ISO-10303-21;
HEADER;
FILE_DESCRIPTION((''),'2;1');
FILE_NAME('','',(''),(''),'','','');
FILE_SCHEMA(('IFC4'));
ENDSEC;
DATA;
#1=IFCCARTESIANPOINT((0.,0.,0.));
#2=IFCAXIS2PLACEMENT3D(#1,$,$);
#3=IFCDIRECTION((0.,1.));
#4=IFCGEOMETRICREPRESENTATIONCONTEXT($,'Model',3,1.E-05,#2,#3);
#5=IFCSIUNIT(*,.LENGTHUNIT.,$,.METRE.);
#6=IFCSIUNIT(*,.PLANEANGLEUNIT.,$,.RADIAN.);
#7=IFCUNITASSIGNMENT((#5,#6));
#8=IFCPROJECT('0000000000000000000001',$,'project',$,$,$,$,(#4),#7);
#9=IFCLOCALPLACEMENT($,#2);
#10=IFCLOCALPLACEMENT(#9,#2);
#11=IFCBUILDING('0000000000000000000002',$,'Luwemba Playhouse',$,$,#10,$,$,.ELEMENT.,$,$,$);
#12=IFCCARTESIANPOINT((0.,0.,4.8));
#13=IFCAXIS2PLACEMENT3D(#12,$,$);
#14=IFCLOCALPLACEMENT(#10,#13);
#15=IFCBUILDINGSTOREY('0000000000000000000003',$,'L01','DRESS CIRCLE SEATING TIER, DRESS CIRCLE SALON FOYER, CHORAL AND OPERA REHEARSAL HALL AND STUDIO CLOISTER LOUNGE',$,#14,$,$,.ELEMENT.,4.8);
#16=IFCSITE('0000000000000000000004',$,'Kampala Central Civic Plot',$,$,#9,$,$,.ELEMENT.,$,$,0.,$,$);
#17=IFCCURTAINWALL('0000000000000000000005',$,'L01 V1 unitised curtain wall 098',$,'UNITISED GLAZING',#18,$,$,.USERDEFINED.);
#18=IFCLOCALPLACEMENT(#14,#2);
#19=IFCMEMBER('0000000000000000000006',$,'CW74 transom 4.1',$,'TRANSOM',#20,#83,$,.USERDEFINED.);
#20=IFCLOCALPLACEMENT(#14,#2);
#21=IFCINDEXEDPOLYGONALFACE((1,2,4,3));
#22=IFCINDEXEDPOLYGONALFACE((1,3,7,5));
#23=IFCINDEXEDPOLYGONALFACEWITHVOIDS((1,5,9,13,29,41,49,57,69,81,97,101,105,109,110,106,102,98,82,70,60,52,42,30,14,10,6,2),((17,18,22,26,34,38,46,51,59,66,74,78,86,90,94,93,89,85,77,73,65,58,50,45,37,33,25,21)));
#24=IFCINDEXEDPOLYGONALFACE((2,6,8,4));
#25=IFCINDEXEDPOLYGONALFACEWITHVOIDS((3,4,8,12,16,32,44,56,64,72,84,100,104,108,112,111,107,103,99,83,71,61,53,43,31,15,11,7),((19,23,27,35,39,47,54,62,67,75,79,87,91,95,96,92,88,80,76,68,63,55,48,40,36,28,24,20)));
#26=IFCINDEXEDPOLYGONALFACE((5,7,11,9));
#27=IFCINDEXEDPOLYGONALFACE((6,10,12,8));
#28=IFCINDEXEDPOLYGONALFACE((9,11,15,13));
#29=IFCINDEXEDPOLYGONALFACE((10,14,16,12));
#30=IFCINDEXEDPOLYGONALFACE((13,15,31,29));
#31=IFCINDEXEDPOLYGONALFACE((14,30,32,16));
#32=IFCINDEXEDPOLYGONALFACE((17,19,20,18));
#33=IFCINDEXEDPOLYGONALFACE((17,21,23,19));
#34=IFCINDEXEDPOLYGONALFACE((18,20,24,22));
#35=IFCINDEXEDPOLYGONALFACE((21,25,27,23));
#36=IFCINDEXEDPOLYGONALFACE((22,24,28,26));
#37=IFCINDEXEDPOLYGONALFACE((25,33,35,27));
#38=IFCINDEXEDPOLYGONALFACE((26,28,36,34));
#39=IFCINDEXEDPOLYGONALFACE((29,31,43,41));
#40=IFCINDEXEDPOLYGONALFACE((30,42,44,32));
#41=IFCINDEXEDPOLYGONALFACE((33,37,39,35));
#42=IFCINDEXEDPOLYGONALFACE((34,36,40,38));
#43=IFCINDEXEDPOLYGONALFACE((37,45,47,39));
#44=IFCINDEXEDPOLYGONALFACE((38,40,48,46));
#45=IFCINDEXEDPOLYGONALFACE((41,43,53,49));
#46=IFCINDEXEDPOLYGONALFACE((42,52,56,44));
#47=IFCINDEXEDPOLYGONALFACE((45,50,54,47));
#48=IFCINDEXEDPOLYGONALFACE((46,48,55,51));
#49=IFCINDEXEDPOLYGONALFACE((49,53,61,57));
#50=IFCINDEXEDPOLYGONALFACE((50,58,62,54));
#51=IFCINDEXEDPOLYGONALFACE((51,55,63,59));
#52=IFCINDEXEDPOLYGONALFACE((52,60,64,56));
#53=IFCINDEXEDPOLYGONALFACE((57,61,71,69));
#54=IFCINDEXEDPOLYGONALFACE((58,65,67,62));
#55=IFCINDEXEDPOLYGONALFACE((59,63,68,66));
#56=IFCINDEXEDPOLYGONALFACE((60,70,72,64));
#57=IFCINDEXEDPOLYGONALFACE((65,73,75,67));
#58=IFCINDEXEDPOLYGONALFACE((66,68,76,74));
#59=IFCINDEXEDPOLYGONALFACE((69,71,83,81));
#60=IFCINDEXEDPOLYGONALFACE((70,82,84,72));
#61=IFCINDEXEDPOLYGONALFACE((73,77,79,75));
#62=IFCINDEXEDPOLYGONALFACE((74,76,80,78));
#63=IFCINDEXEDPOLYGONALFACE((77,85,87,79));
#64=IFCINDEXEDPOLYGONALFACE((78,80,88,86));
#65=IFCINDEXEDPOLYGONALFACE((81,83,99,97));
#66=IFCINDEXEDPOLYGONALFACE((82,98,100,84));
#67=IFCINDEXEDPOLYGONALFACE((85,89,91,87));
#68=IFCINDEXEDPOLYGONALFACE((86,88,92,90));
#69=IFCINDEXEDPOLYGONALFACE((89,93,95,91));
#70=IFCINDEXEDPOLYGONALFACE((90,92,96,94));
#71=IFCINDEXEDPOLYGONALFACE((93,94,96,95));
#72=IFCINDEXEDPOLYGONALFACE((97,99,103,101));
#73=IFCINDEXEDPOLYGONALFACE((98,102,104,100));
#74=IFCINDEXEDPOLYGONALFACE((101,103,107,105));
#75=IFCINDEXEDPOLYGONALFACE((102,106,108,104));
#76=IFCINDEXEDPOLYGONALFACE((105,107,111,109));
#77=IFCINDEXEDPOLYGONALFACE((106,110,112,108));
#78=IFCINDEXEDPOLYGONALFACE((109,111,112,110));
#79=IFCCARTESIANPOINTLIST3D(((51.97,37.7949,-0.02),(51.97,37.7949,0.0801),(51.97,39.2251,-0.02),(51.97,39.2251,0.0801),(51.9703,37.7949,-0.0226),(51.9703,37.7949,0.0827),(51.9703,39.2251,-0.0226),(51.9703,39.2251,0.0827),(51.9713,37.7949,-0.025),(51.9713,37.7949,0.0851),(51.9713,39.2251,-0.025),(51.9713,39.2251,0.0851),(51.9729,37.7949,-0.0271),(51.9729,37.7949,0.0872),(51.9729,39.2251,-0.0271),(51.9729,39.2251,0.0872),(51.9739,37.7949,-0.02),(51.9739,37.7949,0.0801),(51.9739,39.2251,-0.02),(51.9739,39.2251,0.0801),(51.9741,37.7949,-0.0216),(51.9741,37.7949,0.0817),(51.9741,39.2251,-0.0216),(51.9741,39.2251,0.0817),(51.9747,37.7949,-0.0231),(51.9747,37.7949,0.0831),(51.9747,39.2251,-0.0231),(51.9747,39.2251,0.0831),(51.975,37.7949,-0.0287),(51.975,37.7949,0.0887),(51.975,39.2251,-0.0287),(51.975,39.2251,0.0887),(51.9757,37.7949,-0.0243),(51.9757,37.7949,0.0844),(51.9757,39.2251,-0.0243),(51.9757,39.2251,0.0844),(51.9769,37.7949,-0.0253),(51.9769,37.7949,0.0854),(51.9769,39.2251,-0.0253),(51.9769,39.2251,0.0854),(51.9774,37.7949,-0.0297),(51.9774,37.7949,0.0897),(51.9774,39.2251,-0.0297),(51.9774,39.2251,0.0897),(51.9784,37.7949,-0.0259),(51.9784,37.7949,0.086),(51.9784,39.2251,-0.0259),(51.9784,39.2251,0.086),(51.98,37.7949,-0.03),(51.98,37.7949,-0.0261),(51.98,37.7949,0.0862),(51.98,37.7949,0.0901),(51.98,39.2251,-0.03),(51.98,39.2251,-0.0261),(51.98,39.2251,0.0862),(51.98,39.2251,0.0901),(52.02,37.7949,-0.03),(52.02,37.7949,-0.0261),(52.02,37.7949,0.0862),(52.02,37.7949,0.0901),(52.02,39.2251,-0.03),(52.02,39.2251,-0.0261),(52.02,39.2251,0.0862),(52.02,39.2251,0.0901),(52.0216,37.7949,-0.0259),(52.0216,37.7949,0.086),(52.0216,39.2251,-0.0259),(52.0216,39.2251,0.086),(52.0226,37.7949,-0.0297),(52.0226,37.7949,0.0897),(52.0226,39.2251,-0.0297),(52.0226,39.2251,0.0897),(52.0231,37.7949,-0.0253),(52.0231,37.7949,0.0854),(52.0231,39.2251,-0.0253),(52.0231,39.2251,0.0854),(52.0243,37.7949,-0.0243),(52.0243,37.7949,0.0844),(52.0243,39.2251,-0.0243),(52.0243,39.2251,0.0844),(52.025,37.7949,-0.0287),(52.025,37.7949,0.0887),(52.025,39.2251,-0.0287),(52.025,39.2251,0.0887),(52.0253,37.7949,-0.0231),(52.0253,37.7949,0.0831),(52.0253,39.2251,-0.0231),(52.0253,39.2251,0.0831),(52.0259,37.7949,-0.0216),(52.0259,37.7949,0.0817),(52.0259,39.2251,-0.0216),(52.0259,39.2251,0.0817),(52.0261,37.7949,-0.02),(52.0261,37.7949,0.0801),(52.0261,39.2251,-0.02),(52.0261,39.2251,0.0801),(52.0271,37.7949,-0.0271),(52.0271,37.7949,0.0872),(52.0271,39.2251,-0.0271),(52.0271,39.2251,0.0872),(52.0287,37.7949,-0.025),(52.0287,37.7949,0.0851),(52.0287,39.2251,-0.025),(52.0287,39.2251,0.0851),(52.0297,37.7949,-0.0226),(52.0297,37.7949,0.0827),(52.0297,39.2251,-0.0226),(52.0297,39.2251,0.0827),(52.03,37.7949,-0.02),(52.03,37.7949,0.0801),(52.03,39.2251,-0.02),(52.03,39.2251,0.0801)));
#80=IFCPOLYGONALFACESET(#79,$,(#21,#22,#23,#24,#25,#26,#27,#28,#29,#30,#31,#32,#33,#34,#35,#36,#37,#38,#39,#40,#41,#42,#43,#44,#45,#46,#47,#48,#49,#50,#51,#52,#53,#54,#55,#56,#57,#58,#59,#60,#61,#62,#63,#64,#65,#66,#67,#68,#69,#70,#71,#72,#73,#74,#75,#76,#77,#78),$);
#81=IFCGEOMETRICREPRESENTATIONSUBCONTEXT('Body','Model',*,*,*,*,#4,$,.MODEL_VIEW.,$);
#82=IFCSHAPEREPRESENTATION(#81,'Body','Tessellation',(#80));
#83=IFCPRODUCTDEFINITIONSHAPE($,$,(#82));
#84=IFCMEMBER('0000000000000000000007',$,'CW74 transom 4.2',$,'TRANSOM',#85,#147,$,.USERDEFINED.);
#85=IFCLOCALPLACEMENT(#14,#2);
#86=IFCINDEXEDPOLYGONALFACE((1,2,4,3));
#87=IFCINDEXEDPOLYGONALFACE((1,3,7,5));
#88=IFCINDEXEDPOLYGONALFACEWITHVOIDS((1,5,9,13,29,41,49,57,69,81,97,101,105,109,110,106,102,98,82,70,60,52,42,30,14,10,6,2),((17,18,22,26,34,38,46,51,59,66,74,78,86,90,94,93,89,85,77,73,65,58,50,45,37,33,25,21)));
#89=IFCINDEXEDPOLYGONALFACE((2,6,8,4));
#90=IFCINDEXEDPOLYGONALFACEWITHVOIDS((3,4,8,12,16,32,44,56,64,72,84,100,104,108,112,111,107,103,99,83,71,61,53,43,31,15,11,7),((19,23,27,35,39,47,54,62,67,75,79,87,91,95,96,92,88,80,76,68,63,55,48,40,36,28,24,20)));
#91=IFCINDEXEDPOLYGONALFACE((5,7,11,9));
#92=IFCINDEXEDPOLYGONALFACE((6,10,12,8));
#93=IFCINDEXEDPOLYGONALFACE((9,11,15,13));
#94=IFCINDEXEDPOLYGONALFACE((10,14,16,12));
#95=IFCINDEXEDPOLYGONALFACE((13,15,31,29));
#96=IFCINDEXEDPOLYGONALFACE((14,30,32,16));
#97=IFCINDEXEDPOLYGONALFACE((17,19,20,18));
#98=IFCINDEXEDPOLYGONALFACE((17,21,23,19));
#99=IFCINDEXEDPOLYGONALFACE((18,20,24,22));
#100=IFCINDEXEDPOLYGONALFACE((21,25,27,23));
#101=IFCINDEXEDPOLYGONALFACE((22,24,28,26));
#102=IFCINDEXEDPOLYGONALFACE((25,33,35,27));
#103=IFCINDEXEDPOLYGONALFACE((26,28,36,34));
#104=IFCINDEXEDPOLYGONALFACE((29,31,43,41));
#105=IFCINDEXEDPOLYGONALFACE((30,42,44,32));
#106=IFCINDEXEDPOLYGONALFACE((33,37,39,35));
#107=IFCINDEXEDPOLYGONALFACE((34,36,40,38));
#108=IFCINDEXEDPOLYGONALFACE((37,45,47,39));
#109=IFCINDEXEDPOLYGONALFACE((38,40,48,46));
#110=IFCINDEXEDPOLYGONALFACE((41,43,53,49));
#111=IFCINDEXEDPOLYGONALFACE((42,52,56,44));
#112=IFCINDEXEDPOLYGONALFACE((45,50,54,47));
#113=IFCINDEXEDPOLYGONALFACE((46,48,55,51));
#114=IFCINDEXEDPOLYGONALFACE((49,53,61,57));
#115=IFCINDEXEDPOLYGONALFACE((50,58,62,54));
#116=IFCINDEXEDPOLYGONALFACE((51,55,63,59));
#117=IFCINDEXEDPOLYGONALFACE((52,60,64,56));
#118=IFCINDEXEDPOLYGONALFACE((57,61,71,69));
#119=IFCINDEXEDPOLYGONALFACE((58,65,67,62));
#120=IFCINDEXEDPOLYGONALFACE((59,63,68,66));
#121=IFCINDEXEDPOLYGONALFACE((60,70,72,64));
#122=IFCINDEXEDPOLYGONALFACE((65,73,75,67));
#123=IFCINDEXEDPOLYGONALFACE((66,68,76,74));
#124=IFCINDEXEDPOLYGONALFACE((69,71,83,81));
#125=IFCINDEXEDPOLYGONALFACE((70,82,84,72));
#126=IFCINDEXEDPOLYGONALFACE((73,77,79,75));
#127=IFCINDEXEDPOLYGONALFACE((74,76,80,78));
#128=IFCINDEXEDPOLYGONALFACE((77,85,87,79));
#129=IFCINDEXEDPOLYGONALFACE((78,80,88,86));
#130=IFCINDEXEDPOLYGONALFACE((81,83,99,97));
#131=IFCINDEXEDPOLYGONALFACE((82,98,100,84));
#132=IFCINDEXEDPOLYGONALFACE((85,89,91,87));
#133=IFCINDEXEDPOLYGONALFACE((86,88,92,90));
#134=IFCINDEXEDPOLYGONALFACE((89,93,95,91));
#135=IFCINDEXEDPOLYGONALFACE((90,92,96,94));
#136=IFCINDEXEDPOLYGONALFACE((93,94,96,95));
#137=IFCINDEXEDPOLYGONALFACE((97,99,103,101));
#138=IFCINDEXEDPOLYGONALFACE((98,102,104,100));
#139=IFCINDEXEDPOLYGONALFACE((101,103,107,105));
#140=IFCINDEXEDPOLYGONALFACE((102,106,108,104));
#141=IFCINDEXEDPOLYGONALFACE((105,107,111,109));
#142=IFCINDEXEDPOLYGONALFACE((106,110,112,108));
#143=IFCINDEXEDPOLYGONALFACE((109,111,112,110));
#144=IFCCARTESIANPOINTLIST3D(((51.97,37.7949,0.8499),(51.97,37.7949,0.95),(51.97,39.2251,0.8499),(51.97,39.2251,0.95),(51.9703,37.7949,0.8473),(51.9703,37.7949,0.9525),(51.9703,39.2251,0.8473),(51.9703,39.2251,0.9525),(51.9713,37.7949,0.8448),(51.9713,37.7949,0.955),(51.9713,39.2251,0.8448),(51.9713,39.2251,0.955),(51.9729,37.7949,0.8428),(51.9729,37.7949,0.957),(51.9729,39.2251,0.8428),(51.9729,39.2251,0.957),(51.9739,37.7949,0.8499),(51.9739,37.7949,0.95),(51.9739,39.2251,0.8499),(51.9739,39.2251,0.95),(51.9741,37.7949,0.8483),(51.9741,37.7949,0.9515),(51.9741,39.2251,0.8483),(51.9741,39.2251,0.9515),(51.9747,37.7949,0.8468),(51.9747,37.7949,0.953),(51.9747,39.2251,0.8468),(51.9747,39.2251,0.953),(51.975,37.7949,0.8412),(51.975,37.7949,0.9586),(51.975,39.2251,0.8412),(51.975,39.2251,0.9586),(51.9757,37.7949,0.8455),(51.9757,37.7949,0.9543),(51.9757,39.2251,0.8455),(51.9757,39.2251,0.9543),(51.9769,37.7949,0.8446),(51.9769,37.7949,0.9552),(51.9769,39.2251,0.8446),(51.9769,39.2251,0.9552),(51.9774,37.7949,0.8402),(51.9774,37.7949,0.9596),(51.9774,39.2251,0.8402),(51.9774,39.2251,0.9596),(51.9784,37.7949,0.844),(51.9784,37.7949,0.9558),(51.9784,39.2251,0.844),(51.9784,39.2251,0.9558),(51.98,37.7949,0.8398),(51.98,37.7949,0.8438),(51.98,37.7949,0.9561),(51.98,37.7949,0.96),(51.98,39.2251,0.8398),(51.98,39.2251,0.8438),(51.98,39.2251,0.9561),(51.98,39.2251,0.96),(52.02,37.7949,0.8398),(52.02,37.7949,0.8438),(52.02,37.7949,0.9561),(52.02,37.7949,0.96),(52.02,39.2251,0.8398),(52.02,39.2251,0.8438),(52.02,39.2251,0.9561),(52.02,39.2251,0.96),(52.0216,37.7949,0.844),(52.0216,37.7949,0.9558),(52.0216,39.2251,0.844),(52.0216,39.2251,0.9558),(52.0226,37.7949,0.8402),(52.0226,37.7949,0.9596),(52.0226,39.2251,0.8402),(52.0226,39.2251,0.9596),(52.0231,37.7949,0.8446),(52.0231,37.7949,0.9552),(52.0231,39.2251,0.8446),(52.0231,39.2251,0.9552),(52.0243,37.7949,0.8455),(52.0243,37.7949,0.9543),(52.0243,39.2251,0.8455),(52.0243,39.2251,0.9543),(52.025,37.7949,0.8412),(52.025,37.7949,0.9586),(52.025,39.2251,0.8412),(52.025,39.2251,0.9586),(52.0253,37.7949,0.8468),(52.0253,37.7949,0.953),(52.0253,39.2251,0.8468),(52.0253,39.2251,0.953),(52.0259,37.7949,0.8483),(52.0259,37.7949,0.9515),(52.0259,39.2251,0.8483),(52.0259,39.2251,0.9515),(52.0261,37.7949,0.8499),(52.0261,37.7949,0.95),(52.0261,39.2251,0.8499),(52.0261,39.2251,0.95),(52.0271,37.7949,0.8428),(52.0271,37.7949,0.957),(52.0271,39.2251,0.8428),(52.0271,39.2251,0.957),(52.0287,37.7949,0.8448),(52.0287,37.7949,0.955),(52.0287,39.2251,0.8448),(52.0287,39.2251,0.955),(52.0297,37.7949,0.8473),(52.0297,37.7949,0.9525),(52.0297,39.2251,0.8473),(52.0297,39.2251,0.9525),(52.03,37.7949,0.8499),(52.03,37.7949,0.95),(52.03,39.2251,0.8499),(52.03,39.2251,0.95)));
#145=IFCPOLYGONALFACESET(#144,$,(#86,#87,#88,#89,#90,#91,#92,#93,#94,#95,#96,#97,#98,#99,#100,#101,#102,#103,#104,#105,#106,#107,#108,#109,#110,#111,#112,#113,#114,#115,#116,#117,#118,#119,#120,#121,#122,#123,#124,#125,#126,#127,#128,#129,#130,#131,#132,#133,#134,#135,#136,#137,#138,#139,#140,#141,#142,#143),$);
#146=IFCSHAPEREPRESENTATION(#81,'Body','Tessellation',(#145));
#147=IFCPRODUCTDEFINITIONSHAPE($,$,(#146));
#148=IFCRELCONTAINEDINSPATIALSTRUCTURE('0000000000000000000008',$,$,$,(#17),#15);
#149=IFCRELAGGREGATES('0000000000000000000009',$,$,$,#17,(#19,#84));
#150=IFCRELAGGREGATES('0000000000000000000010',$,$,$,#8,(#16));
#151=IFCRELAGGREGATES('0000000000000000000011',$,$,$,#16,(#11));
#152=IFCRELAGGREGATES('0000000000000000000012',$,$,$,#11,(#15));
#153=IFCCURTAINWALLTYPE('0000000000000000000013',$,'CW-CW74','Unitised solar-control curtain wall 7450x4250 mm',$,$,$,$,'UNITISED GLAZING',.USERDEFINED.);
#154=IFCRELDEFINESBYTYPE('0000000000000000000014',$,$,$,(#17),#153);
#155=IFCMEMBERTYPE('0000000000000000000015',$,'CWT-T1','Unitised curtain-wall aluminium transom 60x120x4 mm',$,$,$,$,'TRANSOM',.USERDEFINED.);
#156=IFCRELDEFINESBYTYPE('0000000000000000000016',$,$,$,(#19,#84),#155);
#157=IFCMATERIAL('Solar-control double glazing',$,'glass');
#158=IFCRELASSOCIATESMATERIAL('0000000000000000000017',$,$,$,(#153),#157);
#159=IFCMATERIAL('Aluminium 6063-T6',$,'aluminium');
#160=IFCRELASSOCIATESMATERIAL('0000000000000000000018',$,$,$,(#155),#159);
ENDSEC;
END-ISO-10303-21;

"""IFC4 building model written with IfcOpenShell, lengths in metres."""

from ifc_helpers import new_model, si_unit, direction, frame, origin, origin_2d, place, context, subcontext, project, spatial, hollow_rectangle, extrude, material, material_profile, profile_set, type_object, element, aggregate, save


model = new_model("IFC4")

# Units and contexts
model_context = context("Model", 3, precision=1e-05, world=origin(), true_north=direction((0.0, 1.0)))
body_context = subcontext(model_context, "Body", "Model", "MODEL_VIEW")
ifc_project = project(units=[si_unit("LENGTHUNIT", "METRE"), si_unit("PLANEANGLEUNIT", "RADIAN")], contexts=[model_context])

# Site, building, storey
site_placement = place(None, origin())
site = spatial("IfcSite", under=ifc_project, at=site_placement, Name="Kampala Central Civic Plot", CompositionType="ELEMENT", RefElevation=0.0)
building_placement = place(site_placement, origin())
building = spatial("IfcBuilding", under=site, at=building_placement, Name="Luwemba Playhouse", CompositionType="ELEMENT")
storey_placement = place(building_placement, frame((0.0, 0.0, 4.8)))
storey = spatial("IfcBuildingStorey", under=building, at=storey_placement, Name="L01", Description="DRESS CIRCLE SEATING TIER, DRESS CIRCLE SALON FOYER, CHORAL AND OPERA REHEARSAL HALL AND STUDIO CLOISTER LOUNGE", CompositionType="ELEMENT", Elevation=4.8)

# Curtain wall, members
ifc_material_1 = material(Name="Solar-control double glazing", Category="glass")
curtain_wall_type = type_object("IfcCurtainWallType", Name="CW-CW74", Description="Unitised solar-control curtain wall 7450x4250 mm", ElementType="UNITISED GLAZING", PredefinedType="USERDEFINED", material=ifc_material_1)
curtain_wall_placement = place(storey_placement, origin())
curtain_wall = element("IfcCurtainWall", 1, at=curtain_wall_placement, inside=storey, type_object=curtain_wall_type, Name="L01 V1 unitised curtain wall 098", ObjectType="UNITISED GLAZING", PredefinedType="USERDEFINED")
ifc_material_2 = material(Name="Aluminium 6063-T6", Category="aluminium")
ifc_material_profile_1 = material_profile(ifc_material_2, hollow_rectangle(XDim=0.0601, YDim=0.1201, WallThickness=0.0039, InnerFilletRadius=0.0061, OuterFilletRadius=0.01, at=origin_2d()))
ifc_profile_set_1 = profile_set([ifc_material_profile_1], Name="Aluminium 6063-T6")
member_type_1 = type_object("IfcMemberType", Name="CWT-T1", Description="Unitised curtain-wall aluminium transom 60x120x4 mm", ElementType="TRANSOM", PredefinedType="USERDEFINED", material=ifc_profile_set_1)
member_1_placement = place(storey_placement, frame((52.0, 39.2251, 0.03), z_axis=(0.0, -1.0, 0.0), x_axis=(1.0, 0.0, 0.0)))
member_1 = element("IfcMember", 2, at=member_1_placement, type_object=member_type_1, Name="CW74 transom 4.1", ObjectType="TRANSOM", PredefinedType="USERDEFINED", context=body_context, shape_type="SweptSolid", body=[
    extrude(hollow_rectangle(XDim=0.0601, YDim=0.1201, WallThickness=0.0039, InnerFilletRadius=0.0061, OuterFilletRadius=0.01, at=origin_2d()), origin(), (0.0, 0.0, 1.0), 1.4302),
])
member_2_placement = place(storey_placement, frame((52.0, 39.2251, 0.8999), z_axis=(0.0, -1.0, 0.0), x_axis=(1.0, 0.0, 0.0)))
member_2 = element("IfcMember", 3, at=member_2_placement, type_object=member_type_1, Name="CW74 transom 4.2", ObjectType="TRANSOM", PredefinedType="USERDEFINED", context=body_context, shape_type="SweptSolid", body=[
    extrude(hollow_rectangle(XDim=0.0601, YDim=0.1201, WallThickness=0.0039, InnerFilletRadius=0.0061, OuterFilletRadius=0.01, at=origin_2d()), origin(), (0.0, 0.0, 1.0), 1.4302),
])
aggregate(curtain_wall, [member_1, member_2])

save(model, "model.ifc")
